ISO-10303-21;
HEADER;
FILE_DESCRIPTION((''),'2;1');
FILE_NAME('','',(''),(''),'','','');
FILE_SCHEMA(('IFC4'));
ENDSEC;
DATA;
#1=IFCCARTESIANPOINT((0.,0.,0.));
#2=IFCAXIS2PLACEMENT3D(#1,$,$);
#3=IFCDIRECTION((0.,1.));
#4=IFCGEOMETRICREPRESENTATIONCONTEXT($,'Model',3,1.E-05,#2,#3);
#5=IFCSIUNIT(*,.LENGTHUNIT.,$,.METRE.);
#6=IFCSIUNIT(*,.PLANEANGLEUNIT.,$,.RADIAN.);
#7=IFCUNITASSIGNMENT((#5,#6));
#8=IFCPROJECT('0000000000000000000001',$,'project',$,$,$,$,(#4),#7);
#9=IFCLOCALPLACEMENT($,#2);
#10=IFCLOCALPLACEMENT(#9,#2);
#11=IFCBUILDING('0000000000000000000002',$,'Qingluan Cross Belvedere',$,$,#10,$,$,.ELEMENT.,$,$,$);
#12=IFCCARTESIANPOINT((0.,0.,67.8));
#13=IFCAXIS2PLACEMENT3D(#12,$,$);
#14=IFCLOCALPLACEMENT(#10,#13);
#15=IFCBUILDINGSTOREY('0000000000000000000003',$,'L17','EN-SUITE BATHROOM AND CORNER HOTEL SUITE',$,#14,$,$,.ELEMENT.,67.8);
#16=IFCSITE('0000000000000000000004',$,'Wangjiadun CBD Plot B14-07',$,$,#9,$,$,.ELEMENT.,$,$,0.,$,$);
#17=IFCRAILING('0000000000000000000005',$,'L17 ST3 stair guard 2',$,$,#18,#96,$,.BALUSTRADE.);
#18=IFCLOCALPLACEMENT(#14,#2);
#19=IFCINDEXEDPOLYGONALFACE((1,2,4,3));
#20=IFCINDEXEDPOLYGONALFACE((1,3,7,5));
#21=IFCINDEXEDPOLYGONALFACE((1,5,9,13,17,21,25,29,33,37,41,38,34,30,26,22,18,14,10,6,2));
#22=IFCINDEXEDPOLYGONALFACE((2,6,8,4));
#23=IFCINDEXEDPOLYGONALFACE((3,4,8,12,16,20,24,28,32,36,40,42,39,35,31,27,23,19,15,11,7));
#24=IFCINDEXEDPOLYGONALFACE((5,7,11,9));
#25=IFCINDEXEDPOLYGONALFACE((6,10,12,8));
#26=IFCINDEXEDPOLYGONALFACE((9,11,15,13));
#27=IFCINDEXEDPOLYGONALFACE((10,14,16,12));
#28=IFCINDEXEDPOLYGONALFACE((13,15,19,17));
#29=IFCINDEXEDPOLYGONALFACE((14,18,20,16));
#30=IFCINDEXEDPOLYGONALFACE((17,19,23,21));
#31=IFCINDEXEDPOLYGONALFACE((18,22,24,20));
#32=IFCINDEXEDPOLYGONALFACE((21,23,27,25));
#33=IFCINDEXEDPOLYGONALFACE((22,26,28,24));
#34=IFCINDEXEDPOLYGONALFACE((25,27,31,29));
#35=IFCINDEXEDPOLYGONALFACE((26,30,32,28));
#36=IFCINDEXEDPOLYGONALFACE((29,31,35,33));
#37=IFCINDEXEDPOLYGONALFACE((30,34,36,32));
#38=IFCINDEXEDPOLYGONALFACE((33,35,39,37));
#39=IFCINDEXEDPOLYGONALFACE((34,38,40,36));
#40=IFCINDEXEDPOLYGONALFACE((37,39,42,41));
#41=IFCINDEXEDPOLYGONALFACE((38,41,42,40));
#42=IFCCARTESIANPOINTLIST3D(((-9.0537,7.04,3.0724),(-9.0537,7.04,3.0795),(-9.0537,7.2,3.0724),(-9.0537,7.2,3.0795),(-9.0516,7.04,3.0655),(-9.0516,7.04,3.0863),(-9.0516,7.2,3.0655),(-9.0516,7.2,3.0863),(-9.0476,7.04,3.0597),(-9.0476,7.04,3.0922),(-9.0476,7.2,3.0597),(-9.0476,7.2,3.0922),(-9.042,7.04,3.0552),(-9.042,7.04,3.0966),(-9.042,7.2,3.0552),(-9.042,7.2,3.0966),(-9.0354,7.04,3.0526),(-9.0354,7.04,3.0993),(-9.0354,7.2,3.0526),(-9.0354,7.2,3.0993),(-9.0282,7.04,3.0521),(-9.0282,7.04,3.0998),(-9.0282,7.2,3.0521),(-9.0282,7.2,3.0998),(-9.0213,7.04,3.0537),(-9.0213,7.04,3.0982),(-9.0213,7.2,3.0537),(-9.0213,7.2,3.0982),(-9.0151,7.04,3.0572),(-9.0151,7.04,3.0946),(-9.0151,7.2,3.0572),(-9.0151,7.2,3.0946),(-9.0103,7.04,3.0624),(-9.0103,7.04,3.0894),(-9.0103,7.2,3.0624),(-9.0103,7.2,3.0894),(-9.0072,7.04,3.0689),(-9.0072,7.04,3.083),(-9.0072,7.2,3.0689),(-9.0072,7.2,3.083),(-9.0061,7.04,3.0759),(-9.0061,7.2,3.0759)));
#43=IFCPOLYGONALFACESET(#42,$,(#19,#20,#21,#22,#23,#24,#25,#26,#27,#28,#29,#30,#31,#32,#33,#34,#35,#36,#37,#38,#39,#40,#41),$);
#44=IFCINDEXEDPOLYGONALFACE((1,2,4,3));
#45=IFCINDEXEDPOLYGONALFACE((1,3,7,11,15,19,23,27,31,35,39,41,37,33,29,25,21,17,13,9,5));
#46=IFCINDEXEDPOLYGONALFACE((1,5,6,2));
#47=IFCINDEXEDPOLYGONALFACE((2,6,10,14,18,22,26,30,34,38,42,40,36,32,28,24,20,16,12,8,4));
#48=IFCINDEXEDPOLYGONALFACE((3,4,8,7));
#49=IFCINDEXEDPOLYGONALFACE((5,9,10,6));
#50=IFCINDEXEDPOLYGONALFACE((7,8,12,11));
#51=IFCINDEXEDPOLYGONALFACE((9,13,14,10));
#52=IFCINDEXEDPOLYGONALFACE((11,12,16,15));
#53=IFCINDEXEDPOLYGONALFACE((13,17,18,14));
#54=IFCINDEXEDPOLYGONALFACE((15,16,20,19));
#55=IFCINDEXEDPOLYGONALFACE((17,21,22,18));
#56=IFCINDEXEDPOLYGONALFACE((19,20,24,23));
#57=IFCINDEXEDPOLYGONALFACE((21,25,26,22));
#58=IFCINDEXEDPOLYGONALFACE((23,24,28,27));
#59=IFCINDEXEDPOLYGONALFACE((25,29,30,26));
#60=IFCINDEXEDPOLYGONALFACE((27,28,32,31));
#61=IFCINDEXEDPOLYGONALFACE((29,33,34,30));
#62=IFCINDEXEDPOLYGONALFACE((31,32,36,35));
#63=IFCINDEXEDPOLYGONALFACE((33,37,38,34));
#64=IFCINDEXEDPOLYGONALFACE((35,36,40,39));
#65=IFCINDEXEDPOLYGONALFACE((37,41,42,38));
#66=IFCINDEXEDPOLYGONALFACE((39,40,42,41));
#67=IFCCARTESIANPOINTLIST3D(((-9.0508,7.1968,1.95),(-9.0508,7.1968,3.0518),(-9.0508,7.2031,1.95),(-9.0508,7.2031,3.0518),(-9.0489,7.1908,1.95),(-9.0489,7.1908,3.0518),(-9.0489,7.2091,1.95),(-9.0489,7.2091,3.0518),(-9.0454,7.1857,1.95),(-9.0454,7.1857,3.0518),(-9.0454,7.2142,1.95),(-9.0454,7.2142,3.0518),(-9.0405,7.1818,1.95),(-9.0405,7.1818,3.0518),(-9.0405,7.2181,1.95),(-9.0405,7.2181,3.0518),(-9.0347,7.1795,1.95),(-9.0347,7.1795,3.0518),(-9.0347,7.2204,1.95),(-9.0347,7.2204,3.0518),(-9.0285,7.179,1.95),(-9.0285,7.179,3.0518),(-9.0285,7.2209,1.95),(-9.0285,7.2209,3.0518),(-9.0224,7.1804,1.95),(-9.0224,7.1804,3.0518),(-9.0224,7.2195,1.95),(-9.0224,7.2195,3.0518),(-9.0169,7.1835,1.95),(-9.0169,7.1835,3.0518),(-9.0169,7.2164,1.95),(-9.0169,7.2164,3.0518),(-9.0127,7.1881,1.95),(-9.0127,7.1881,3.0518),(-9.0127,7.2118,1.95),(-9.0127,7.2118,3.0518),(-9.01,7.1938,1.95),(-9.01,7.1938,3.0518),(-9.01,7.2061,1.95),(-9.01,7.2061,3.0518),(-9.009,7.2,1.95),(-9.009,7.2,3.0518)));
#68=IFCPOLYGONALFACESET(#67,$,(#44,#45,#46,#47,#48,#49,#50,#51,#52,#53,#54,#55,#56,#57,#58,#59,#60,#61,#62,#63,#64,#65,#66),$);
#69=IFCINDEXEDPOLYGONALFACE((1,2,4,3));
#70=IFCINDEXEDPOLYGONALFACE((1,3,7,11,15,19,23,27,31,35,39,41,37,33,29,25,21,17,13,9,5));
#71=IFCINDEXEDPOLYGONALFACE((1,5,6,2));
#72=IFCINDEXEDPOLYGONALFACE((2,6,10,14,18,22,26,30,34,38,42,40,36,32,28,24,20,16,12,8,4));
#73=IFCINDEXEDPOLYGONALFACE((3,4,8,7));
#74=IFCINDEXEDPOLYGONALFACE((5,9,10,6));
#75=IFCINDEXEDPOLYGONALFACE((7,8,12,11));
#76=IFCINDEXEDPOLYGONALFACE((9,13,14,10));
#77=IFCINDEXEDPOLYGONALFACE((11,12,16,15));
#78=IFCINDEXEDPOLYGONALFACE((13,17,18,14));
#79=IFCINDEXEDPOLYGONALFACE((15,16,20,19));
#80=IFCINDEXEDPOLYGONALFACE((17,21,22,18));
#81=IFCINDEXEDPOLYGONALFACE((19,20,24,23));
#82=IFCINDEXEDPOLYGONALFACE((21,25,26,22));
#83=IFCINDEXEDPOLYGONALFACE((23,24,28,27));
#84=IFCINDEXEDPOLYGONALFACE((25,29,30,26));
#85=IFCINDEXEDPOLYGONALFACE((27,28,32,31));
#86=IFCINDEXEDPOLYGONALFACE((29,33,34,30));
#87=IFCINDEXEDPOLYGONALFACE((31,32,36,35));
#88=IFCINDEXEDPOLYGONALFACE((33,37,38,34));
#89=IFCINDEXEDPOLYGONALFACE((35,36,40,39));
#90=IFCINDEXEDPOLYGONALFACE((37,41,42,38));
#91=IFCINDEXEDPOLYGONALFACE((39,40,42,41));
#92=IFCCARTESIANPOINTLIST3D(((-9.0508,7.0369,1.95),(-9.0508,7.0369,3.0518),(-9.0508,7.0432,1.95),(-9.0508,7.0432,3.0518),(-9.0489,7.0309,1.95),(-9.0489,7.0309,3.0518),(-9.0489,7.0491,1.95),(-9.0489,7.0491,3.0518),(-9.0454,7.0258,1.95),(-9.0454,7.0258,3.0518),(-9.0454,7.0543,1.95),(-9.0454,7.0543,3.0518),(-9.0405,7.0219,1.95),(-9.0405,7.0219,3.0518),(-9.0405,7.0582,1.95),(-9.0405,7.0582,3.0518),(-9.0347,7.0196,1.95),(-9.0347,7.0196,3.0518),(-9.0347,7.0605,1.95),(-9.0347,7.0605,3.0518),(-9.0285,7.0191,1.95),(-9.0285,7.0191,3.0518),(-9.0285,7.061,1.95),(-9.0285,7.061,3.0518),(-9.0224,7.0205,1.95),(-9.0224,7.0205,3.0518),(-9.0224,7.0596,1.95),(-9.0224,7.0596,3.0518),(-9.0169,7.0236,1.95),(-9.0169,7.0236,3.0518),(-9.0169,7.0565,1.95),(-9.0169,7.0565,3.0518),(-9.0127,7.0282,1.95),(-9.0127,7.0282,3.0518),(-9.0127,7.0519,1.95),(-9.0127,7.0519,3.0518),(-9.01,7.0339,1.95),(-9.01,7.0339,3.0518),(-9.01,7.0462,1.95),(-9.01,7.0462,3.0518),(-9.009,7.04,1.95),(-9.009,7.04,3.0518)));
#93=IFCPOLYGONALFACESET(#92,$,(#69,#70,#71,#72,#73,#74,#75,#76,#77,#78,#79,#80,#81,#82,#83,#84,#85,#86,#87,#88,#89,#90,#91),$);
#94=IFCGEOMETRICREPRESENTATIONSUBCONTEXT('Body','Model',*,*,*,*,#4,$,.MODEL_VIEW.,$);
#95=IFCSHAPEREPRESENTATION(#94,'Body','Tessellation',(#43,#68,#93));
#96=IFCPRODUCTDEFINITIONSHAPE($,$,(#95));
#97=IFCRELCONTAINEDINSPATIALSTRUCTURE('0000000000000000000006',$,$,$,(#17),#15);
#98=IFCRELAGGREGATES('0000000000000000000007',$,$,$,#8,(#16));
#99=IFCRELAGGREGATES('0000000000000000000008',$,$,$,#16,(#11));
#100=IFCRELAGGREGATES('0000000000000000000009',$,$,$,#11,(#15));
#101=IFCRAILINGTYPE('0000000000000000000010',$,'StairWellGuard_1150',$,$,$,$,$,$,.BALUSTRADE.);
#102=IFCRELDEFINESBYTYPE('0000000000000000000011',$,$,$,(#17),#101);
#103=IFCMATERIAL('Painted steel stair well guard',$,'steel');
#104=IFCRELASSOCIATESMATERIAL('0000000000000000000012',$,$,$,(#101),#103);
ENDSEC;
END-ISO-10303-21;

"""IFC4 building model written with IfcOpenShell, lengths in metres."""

from ifc_helpers import new_model, si_unit, direction, frame, origin, origin_2d, place, context, subcontext, project, spatial, circle, extrude, material, type_object, element, save


model = new_model("IFC4")

# Units and contexts
model_context = context("Model", 3, precision=1e-05, world=origin(), true_north=direction((0.0, 1.0)))
body_context = subcontext(model_context, "Body", "Model", "MODEL_VIEW")
ifc_project = project(units=[si_unit("LENGTHUNIT", "METRE"), si_unit("PLANEANGLEUNIT", "RADIAN")], contexts=[model_context])

# Site, building, storey
site_placement = place(None, origin())
site = spatial("IfcSite", under=ifc_project, at=site_placement, Name="Wangjiadun CBD Plot B14-07", CompositionType="ELEMENT", RefElevation=0.0)
building_placement = place(site_placement, origin())
building = spatial("IfcBuilding", under=site, at=building_placement, Name="Qingluan Cross Belvedere", CompositionType="ELEMENT")
storey_placement = place(building_placement, frame((0.0, 0.0, 67.8)))
storey = spatial("IfcBuildingStorey", under=building, at=storey_placement, Name="L17", Description="EN-SUITE BATHROOM AND CORNER HOTEL SUITE", CompositionType="ELEMENT", Elevation=67.8)

# Railing
ifc_material_1 = material(Name="Painted steel stair well guard", Category="steel")
railing_type_1 = type_object("IfcRailingType", Name="StairWellGuard_1150", PredefinedType="BALUSTRADE", material=ifc_material_1)
railing_1_placement = place(storey_placement, frame((-9.03, 7.2, 1.95)))
element("IfcRailing", 1, at=railing_1_placement, inside=storey, type_object=railing_type_1, Name="L17 ST3 stair guard 2", PredefinedType="BALUSTRADE", context=body_context, shape_type="SweptSolid", body=[
    extrude(circle(Radius=0.0239, at=origin_2d()), frame((0.0, 0.0, 1.126), z_axis=(0.0, -1.0, 0.0), x_axis=(1.0, 0.0, 0.0)), (0.0, 0.0, 1.0), 0.1599),
    extrude(circle(Radius=0.021, at=origin_2d()), origin(), (0.0, 0.0, 1.0), 1.1018),
    extrude(circle(Radius=0.021, at=origin_2d()), frame((0.0, -0.1599, 0.0)), (0.0, 0.0, 1.0), 1.1018),
])

save(model, "model.ifc")
